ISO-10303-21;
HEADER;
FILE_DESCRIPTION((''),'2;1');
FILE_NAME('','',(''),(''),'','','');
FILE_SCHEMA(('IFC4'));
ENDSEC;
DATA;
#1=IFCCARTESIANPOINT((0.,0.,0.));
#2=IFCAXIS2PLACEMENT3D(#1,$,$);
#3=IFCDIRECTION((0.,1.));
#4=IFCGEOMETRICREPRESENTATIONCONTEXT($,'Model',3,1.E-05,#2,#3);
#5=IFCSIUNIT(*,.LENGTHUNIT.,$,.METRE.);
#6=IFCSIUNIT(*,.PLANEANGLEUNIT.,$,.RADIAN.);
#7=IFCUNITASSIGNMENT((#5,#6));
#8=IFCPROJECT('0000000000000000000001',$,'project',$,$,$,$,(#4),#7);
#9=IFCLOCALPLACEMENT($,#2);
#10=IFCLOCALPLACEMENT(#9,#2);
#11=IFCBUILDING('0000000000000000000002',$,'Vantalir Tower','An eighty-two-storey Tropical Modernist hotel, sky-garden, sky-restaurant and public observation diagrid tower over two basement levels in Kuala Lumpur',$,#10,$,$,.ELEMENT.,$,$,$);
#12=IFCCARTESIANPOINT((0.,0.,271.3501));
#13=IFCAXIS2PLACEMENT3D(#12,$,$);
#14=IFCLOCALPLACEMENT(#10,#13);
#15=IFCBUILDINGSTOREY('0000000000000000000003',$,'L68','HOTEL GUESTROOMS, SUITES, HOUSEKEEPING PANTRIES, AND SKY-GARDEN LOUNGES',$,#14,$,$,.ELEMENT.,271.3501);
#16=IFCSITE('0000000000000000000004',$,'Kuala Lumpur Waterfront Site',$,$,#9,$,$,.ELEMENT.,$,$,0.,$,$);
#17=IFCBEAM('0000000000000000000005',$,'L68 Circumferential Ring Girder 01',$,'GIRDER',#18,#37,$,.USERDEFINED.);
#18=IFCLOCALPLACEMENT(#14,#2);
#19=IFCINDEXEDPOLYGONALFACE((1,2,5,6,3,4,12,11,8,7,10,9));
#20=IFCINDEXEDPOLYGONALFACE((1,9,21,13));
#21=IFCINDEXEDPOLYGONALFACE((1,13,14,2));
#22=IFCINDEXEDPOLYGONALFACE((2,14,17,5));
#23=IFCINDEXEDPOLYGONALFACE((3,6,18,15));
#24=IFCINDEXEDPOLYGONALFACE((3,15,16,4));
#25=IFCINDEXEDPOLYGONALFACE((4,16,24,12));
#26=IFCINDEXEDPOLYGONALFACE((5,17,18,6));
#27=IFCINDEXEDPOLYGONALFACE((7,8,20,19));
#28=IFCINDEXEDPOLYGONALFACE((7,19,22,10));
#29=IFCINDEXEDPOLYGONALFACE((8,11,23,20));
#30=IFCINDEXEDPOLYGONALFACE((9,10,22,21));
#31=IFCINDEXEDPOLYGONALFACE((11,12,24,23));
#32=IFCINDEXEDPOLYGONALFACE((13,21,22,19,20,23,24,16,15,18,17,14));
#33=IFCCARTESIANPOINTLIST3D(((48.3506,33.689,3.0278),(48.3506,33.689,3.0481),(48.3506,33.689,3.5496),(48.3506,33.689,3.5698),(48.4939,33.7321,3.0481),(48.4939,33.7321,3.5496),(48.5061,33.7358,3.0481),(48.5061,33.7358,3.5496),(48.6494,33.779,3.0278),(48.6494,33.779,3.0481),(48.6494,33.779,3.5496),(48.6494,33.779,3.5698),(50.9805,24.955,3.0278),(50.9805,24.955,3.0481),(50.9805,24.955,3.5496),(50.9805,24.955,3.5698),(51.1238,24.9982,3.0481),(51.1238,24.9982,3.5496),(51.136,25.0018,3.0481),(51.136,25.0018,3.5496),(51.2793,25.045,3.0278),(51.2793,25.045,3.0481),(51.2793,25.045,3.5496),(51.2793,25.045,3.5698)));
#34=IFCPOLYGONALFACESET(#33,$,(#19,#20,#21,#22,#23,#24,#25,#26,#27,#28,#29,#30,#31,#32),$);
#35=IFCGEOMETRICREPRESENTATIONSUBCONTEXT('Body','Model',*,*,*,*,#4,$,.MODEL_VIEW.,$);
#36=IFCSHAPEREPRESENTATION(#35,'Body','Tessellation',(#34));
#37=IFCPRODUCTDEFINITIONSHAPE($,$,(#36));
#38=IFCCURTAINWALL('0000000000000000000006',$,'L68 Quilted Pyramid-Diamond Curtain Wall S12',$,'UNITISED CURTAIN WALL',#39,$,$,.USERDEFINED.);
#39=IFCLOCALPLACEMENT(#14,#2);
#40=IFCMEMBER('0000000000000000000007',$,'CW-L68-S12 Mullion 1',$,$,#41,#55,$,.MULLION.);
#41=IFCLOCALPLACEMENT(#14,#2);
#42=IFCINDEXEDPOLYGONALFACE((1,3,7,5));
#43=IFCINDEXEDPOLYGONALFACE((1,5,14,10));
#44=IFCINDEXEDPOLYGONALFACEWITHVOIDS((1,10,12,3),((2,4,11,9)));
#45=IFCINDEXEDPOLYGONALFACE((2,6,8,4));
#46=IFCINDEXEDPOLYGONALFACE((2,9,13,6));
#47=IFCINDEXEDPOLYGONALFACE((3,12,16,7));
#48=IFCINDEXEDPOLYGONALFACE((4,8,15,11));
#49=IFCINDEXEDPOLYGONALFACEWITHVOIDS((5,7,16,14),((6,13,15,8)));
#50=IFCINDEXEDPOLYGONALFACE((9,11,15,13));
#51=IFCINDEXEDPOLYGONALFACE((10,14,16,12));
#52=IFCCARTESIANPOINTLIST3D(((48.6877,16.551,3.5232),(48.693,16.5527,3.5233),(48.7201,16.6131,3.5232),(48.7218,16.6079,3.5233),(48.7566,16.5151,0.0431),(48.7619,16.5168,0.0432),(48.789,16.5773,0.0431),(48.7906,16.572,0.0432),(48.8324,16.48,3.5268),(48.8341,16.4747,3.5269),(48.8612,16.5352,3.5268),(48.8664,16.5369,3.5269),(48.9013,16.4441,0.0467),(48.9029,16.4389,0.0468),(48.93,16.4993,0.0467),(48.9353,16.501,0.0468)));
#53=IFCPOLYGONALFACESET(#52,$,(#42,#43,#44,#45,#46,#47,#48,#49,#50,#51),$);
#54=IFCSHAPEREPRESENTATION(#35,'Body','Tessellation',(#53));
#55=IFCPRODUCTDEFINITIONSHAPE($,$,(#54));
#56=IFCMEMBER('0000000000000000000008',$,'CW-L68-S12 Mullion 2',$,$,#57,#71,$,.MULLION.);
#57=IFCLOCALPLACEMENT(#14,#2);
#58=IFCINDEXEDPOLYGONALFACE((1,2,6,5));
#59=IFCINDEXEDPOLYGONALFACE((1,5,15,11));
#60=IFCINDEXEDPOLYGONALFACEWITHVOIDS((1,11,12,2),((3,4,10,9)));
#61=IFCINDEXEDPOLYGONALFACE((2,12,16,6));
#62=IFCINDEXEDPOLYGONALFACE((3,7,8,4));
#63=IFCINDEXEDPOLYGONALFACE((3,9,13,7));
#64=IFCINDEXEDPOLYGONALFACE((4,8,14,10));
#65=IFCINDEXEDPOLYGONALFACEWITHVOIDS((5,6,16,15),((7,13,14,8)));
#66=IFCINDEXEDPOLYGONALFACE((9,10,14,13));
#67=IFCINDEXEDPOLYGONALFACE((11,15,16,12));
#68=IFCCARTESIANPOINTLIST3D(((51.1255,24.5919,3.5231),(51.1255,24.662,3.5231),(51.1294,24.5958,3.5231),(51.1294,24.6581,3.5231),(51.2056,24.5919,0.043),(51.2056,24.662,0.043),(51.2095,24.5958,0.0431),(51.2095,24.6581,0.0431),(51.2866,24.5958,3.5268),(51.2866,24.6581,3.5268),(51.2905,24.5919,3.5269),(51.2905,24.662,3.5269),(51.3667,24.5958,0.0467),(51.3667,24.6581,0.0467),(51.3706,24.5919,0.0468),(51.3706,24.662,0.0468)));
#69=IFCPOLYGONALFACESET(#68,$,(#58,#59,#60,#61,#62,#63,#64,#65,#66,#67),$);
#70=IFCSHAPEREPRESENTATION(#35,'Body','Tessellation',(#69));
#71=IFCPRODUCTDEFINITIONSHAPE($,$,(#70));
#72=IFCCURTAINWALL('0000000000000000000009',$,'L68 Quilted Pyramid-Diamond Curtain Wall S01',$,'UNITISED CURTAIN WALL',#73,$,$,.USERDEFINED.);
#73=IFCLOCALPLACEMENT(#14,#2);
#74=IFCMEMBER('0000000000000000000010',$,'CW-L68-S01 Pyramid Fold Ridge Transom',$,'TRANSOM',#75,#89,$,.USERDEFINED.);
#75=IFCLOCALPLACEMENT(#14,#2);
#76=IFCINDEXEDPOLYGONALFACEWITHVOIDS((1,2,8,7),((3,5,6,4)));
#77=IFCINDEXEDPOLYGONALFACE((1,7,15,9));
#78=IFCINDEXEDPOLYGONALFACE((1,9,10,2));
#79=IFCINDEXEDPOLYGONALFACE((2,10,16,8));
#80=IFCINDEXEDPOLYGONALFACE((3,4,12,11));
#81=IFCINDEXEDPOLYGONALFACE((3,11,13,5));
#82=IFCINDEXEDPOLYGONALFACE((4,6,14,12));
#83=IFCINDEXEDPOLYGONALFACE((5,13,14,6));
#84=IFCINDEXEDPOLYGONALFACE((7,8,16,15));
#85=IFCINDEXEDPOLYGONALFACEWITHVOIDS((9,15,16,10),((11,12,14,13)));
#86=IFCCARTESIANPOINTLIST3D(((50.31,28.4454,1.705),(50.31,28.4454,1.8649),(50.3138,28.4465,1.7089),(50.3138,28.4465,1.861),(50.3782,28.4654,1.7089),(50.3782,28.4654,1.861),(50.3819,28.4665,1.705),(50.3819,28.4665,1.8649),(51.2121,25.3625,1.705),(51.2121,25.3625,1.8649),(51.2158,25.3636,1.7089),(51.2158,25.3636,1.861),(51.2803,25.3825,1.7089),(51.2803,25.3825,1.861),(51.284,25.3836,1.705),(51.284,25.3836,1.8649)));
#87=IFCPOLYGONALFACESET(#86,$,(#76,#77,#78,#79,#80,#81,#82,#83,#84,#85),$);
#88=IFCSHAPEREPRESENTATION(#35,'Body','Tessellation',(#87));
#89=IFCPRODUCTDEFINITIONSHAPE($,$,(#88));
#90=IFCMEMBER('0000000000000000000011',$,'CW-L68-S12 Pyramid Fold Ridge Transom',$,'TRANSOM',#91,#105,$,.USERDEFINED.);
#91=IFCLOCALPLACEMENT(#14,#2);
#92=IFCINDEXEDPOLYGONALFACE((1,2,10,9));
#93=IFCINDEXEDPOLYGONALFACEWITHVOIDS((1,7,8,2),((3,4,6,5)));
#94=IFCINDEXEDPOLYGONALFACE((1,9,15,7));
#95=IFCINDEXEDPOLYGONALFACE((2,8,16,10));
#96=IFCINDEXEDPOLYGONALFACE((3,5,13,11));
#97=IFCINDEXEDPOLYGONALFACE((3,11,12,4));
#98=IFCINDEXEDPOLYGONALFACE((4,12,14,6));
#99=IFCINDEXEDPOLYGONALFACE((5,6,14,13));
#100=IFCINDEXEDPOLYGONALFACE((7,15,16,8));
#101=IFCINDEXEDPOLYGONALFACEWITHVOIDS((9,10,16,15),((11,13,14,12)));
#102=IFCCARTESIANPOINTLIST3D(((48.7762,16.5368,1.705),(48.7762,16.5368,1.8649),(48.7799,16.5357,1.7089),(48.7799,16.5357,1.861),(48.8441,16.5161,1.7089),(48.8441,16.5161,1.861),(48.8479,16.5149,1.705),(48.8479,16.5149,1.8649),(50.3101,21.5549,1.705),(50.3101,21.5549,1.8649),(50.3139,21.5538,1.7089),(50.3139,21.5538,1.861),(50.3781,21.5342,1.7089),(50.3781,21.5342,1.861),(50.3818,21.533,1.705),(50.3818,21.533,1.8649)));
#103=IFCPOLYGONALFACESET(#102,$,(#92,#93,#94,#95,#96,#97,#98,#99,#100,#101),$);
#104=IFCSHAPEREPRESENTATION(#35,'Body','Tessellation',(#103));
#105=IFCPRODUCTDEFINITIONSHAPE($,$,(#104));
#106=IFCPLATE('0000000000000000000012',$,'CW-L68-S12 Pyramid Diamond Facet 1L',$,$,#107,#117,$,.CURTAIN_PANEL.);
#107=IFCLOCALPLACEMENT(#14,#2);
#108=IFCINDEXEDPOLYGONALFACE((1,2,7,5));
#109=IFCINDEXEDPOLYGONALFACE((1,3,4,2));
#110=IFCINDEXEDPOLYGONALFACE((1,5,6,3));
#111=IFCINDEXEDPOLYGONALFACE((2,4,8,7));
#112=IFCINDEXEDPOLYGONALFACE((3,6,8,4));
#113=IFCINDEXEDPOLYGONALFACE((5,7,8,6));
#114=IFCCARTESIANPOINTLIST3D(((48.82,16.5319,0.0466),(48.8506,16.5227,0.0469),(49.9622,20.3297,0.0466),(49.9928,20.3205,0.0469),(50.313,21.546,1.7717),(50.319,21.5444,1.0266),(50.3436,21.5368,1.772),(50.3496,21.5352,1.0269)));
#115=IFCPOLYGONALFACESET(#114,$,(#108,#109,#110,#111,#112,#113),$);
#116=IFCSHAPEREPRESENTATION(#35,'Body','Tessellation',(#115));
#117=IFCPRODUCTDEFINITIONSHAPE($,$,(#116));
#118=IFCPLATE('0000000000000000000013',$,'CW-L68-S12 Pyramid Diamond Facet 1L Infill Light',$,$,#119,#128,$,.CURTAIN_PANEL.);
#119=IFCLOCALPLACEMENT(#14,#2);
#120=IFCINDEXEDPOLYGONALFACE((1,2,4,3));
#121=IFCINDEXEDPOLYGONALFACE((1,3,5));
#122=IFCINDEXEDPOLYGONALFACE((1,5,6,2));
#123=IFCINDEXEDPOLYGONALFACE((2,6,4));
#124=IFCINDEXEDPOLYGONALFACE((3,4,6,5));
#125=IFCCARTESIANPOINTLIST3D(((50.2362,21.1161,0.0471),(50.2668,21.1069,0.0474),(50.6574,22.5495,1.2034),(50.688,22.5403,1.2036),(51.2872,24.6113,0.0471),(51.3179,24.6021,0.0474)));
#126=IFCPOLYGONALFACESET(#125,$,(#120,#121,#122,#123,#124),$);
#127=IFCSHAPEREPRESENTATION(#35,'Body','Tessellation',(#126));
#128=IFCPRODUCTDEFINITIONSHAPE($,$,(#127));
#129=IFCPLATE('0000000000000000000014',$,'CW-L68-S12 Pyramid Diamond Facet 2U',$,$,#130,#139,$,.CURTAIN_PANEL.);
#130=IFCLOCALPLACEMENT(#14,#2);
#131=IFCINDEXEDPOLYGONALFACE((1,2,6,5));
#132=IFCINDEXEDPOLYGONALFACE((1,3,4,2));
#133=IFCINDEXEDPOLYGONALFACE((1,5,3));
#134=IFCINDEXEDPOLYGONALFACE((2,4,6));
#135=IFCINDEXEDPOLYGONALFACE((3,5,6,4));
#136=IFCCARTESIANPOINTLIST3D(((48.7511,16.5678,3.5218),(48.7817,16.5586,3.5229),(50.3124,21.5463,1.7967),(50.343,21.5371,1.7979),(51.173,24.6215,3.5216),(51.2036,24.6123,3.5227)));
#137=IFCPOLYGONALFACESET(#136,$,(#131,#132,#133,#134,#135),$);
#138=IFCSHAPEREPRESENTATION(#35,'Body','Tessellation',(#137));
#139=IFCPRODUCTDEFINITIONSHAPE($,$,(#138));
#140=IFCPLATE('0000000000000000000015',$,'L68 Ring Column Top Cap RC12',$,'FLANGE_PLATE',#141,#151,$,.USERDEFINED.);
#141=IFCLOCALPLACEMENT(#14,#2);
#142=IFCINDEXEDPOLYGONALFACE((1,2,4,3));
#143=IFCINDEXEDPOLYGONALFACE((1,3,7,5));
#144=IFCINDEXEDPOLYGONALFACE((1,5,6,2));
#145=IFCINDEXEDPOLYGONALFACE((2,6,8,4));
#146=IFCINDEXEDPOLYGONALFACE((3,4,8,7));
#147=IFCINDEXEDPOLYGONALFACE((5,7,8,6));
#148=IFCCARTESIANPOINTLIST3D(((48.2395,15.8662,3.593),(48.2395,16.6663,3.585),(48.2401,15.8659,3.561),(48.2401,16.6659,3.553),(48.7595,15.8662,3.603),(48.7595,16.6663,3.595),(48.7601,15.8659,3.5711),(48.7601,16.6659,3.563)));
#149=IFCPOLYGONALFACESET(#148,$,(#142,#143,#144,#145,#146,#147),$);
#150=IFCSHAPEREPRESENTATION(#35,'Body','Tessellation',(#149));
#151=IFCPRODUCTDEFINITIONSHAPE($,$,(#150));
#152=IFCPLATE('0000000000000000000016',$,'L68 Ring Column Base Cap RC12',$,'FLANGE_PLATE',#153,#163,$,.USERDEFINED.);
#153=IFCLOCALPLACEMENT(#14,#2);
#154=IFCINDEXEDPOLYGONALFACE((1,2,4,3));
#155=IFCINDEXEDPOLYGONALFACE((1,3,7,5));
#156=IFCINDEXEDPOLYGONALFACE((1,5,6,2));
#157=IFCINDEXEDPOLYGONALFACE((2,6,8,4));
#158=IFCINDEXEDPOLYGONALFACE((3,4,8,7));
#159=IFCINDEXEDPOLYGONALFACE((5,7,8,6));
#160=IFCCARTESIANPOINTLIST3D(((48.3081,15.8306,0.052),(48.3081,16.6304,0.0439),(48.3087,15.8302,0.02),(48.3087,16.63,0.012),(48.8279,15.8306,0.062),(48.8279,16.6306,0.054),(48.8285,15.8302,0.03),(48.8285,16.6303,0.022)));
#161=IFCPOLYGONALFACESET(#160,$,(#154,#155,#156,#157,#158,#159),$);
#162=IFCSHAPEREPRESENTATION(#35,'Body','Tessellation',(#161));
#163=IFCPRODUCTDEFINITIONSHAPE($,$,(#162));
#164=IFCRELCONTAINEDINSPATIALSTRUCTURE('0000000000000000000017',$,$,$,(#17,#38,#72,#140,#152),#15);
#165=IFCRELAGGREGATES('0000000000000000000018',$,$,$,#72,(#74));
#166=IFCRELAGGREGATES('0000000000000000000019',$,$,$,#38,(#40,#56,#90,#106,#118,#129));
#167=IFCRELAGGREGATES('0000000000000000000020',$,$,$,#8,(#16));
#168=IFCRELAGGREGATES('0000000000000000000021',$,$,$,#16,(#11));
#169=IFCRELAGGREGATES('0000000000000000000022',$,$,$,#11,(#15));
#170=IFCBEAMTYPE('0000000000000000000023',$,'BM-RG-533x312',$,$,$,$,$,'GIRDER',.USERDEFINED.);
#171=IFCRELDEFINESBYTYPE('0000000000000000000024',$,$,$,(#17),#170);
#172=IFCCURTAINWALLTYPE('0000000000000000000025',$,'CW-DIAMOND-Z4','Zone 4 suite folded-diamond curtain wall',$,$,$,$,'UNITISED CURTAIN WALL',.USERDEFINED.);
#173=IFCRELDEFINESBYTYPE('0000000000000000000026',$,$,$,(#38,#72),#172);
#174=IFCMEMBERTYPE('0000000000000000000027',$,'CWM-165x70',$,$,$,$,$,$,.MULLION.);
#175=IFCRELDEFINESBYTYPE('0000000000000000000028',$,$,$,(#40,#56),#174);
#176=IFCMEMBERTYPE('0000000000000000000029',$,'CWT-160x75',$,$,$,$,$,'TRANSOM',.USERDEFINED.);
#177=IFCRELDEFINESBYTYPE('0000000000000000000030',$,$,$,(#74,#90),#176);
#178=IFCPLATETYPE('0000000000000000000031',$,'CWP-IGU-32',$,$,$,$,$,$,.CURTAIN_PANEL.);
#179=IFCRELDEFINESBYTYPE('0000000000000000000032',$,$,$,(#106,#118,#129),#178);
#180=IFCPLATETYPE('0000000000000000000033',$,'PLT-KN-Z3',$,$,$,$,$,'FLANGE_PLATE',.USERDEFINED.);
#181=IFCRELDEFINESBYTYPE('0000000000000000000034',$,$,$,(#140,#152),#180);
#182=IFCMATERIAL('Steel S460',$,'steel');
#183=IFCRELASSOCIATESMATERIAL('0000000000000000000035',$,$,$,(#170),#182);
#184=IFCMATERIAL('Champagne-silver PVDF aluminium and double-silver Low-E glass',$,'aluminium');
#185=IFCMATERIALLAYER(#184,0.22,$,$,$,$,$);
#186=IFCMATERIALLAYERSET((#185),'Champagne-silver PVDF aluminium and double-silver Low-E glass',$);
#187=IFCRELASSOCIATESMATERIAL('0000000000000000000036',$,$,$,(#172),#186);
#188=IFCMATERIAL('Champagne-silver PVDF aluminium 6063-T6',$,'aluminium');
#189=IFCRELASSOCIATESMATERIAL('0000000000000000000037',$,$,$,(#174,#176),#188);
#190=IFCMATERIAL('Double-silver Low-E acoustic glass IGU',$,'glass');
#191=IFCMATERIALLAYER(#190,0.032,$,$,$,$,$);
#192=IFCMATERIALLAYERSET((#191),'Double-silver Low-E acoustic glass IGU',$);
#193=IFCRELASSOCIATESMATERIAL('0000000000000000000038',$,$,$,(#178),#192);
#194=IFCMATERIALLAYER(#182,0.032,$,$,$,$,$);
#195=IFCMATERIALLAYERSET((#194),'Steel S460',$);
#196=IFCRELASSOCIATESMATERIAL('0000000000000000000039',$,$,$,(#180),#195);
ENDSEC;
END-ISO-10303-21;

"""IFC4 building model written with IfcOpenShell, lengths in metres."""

from ifc_helpers import new_model, si_unit, direction, frame, origin, origin_2d, place, context, subcontext, project, spatial, polyline, hollow_rectangle, i_section, outline, extrude, material, layer, layer_set, material_profile, profile_set, type_object, element, aggregate, save


model = new_model("IFC4")

# Units and contexts
model_context = context("Model", 3, precision=1e-05, world=origin(), true_north=direction((0.0, 1.0)))
body_context = subcontext(model_context, "Body", "Model", "MODEL_VIEW")
ifc_project = project(units=[si_unit("LENGTHUNIT", "METRE"), si_unit("PLANEANGLEUNIT", "RADIAN")], contexts=[model_context])

# Site, building, storey
site_placement = place(None, origin())
site = spatial("IfcSite", under=ifc_project, at=site_placement, Name="Kuala Lumpur Waterfront Site", CompositionType="ELEMENT", RefElevation=0.0)
building_placement = place(site_placement, origin())
building = spatial("IfcBuilding", under=site, at=building_placement, Name="Vantalir Tower", Description="An eighty-two-storey Tropical Modernist hotel, sky-garden, sky-restaurant and public observation diagrid tower over two basement levels in Kuala Lumpur", CompositionType="ELEMENT")
storey_placement = place(building_placement, frame((0.0, 0.0, 271.3501)))
storey = spatial("IfcBuildingStorey", under=building, at=storey_placement, Name="L68", Description="HOTEL GUESTROOMS, SUITES, HOUSEKEEPING PANTRIES, AND SKY-GARDEN LOUNGES", CompositionType="ELEMENT", Elevation=271.3501)

# Shared definitions
ifc_material_1 = material(Name="Steel S460", Category="steel")

# Beam
ifc_material_profile_1 = material_profile(ifc_material_1, i_section(OverallWidth=0.312, OverallDepth=0.542, WebThickness=0.0127, FlangeThickness=0.0203, at=origin_2d()), Name="Steel S460")
ifc_profile_set_1 = profile_set([ifc_material_profile_1], Name="Steel S460")
beam_type_1 = type_object("IfcBeamType", Name="BM-RG-533x312", ElementType="GIRDER", PredefinedType="USERDEFINED", material=ifc_profile_set_1)
beam_1_placement = place(storey_placement, frame((51.1299, 25.0, 3.2988), z_axis=(-0.288325, 0.957533, 0.0), x_axis=(-0.957533, -0.288325, 0.0)))
element("IfcBeam", 1, at=beam_1_placement, inside=storey, type_object=beam_type_1, Name="L68 Circumferential Ring Girder 01", ObjectType="GIRDER", PredefinedType="USERDEFINED", context=body_context, shape_type="SweptSolid", body=[
    extrude(i_section(OverallWidth=0.312, OverallDepth=0.542, WebThickness=0.0127, FlangeThickness=0.0203, at=origin_2d()), origin(), (0.0, 0.0, 1.0), 9.1213),
])

# Curtain wall, members
ifc_material_2 = material(Name="Champagne-silver PVDF aluminium and double-silver Low-E glass", Category="aluminium")
ifc_layer_1 = layer(ifc_material_2, 0.22)
ifc_layer_set_1 = layer_set([ifc_layer_1], Name="Champagne-silver PVDF aluminium and double-silver Low-E glass")
curtain_wall_type = type_object("IfcCurtainWallType", Name="CW-DIAMOND-Z4", Description="Zone 4 suite folded-diamond curtain wall", ElementType="UNITISED CURTAIN WALL", PredefinedType="USERDEFINED", material=ifc_layer_set_1)
curtain_wall_1_placement = place(storey_placement, origin())
curtain_wall_1 = element("IfcCurtainWall", 2, at=curtain_wall_1_placement, inside=storey, type_object=curtain_wall_type, Name="L68 Quilted Pyramid-Diamond Curtain Wall S12", ObjectType="UNITISED CURTAIN WALL", PredefinedType="USERDEFINED")
ifc_material_3 = material(Name="Champagne-silver PVDF aluminium 6063-T6", Category="aluminium")
ifc_material_profile_2 = material_profile(ifc_material_3, hollow_rectangle(XDim=0.0701, YDim=0.165, WallThickness=0.0039, at=origin_2d()), Name="Champagne-silver PVDF aluminium 6063-T6")
ifc_profile_set_2 = profile_set([ifc_material_profile_2], Name="Champagne-silver PVDF aluminium 6063-T6")
member_type_1 = type_object("IfcMemberType", Name="CWM-165x70", PredefinedType="MULLION", material=ifc_profile_set_2)
member_1_placement = place(storey_placement, frame((48.8459, 16.5081, 0.0449), z_axis=(-0.019779, 0.01031, 0.999751), x_axis=(-0.462244, -0.886753, 0.0)))
member_1 = element("IfcMember", 3, at=member_1_placement, type_object=member_type_1, Name="CW-L68-S12 Mullion 1", PredefinedType="MULLION", context=body_context, shape_type="SweptSolid", body=[
    extrude(hollow_rectangle(XDim=0.0701, YDim=0.165, WallThickness=0.0039, at=origin_2d()), origin(), (0.0, 0.0, 1.0), 3.481),
])
member_2_placement = place(storey_placement, frame((51.2881, 24.627, 0.0449), z_axis=(-0.023005, 0.0, 0.999735), x_axis=(0.0, -1.0, 0.0)))
member_2 = element("IfcMember", 4, at=member_2_placement, type_object=member_type_1, Name="CW-L68-S12 Mullion 2", PredefinedType="MULLION", context=body_context, shape_type="SweptSolid", body=[
    extrude(hollow_rectangle(XDim=0.0701, YDim=0.165, WallThickness=0.0039, at=origin_2d()), origin(), (0.0, 0.0, 1.0), 3.481),
])

# Curtain wall, member
curtain_wall_2_placement = place(storey_placement, origin())
curtain_wall_2 = element("IfcCurtainWall", 5, at=curtain_wall_2_placement, inside=storey, type_object=curtain_wall_type, Name="L68 Quilted Pyramid-Diamond Curtain Wall S01", ObjectType="UNITISED CURTAIN WALL", PredefinedType="USERDEFINED")
ifc_material_profile_3 = material_profile(ifc_material_3, hollow_rectangle(XDim=0.075, YDim=0.1599, WallThickness=0.0039, at=origin_2d()), Name="Champagne-silver PVDF aluminium 6063-T6")
ifc_profile_set_3 = profile_set([ifc_material_profile_3], Name="Champagne-silver PVDF aluminium 6063-T6")
member_type_2 = type_object("IfcMemberType", Name="CWT-160x75", ElementType="TRANSOM", PredefinedType="USERDEFINED", material=ifc_profile_set_3)
member_3_placement = place(storey_placement, frame((51.248, 25.373, 1.7849), z_axis=(-0.280829, 0.959758, 0.0), x_axis=(-0.959758, -0.280829, 0.0)))
member_3 = element("IfcMember", 6, at=member_3_placement, type_object=member_type_2, Name="CW-L68-S01 Pyramid Fold Ridge Transom", ObjectType="TRANSOM", PredefinedType="USERDEFINED", context=body_context, shape_type="SweptSolid", body=[
    extrude(hollow_rectangle(XDim=0.075, YDim=0.1599, WallThickness=0.0039, at=origin_2d()), origin(), (0.0, 0.0, 1.0), 3.2122),
])
aggregate(curtain_wall_2, [member_3])

# Member
member_4_placement = place(storey_placement, frame((48.812, 16.5259, 1.7849), z_axis=(0.29233, 0.956318, 0.0), x_axis=(-0.956318, 0.29233, 0.0)))
member_4 = element("IfcMember", 7, at=member_4_placement, type_object=member_type_2, Name="CW-L68-S12 Pyramid Fold Ridge Transom", ObjectType="TRANSOM", PredefinedType="USERDEFINED", context=body_context, shape_type="SweptSolid", body=[
    extrude(hollow_rectangle(XDim=0.075, YDim=0.1599, WallThickness=0.0039, at=origin_2d()), origin(), (0.0, 0.0, 1.0), 5.2473),
])

# Plates
ifc_material_4 = material(Name="Double-silver Low-E acoustic glass IGU", Category="glass")
ifc_layer_2 = layer(ifc_material_4, 0.032)
ifc_layer_set_2 = layer_set([ifc_layer_2], Name="Double-silver Low-E acoustic glass IGU")
plate_type_1 = type_object("IfcPlateType", Name="CWP-IGU-32", PredefinedType="CURTAIN_PANEL", material=ifc_layer_set_2)
plate_1_placement = place(storey_placement, frame((48.8506, 16.5227, 0.0469), z_axis=(0.957593, -0.288004, 0.008318), x_axis=(0.288014, 0.957626, 0.0)))
plate_1 = element("IfcPlate", 8, at=plate_1_placement, type_object=plate_type_1, Name="CW-L68-S12 Pyramid Diamond Facet 1L", PredefinedType="CURTAIN_PANEL", context=body_context, shape_type="SweptSolid", body=[
    extrude(outline(polyline([(0.0, 0.0), (3.9659, 0.0), (5.2318, 0.98), (5.2317, 1.7252), (0.0, 0.0)])), origin(), (0.0, 0.0, -1.0), 0.032),
])
plate_2_placement = place(storey_placement, frame((50.2668, 21.1069, 0.0474), z_axis=(0.957606, -0.287964, 0.008186), x_axis=(0.287974, 0.957638, 0.0)))
plate_2 = element("IfcPlate", 9, at=plate_2_placement, type_object=plate_type_1, Name="CW-L68-S12 Pyramid Diamond Facet 1L Infill Light", PredefinedType="CURTAIN_PANEL", context=body_context, shape_type="SweptSolid", body=[
    extrude(outline(polyline([(0.0, 0.0), (3.6497, 0.0), (1.4939, 1.1563), (0.0, 0.0)])), origin(), (0.0, 0.0, -1.0), 0.032),
])
plate_3_placement = place(storey_placement, frame((51.2036, 24.6123, 3.5227), z_axis=(0.957031, -0.287793, 0.035599), x_axis=(-0.287976, -0.957638, 0.000029)))
plate_3 = element("IfcPlate", 10, at=plate_3_placement, type_object=plate_type_1, Name="CW-L68-S12 Pyramid Diamond Facet 2U", PredefinedType="CURTAIN_PANEL", context=body_context, shape_type="SweptSolid", body=[
    extrude(outline(polyline([(0.0, 0.0), (8.41, 0.0), (3.1927, 1.726), (0.0, 0.0)])), origin(), (0.0, 0.0, -1.0), 0.032),
])
aggregate(curtain_wall_1, [member_1, member_2, member_4, plate_1, plate_2, plate_3])

# Plates
ifc_layer_3 = layer(ifc_material_1, 0.032)
ifc_layer_set_3 = layer_set([ifc_layer_3], Name="Steel S460")
plate_type_2 = type_object("IfcPlateType", Name="PLT-KN-Z3", ElementType="FLANGE_PLATE", PredefinedType="USERDEFINED", material=ifc_layer_set_3)
plate_4_placement = place(storey_placement, frame((48.2395, 16.6663, 3.585), z_axis=(-0.019244, 0.010068, 0.999764), x_axis=(0.0, -0.999949, 0.01007)))
element("IfcPlate", 11, at=plate_4_placement, inside=storey, type_object=plate_type_2, Name="L68 Ring Column Top Cap RC12", ObjectType="FLANGE_PLATE", PredefinedType="USERDEFINED", context=body_context, shape_type="SweptSolid", body=[
    extrude(outline(polyline([(0.0, 0.0), (0.8001, 0.0), (0.8002, 0.5201), (0.0001, 0.5201), (0.0, 0.0)])), origin(), (0.0, 0.0, -1.0), 0.032),
])
plate_5_placement = place(storey_placement, frame((48.3081, 16.6304, 0.0439), z_axis=(-0.019256, 0.010069, 0.999764), x_axis=(0.0, -0.999949, 0.010071)))
element("IfcPlate", 12, at=plate_5_placement, inside=storey, type_object=plate_type_2, Name="L68 Ring Column Base Cap RC12", ObjectType="FLANGE_PLATE", PredefinedType="USERDEFINED", context=body_context, shape_type="SweptSolid", body=[
    extrude(outline(polyline([(0.0, 0.0), (0.7998, 0.0), (0.7999, 0.5199), (-0.0001, 0.5199), (0.0, 0.0)])), origin(), (0.0, 0.0, -1.0), 0.032),
])

save(model, "model.ifc")
